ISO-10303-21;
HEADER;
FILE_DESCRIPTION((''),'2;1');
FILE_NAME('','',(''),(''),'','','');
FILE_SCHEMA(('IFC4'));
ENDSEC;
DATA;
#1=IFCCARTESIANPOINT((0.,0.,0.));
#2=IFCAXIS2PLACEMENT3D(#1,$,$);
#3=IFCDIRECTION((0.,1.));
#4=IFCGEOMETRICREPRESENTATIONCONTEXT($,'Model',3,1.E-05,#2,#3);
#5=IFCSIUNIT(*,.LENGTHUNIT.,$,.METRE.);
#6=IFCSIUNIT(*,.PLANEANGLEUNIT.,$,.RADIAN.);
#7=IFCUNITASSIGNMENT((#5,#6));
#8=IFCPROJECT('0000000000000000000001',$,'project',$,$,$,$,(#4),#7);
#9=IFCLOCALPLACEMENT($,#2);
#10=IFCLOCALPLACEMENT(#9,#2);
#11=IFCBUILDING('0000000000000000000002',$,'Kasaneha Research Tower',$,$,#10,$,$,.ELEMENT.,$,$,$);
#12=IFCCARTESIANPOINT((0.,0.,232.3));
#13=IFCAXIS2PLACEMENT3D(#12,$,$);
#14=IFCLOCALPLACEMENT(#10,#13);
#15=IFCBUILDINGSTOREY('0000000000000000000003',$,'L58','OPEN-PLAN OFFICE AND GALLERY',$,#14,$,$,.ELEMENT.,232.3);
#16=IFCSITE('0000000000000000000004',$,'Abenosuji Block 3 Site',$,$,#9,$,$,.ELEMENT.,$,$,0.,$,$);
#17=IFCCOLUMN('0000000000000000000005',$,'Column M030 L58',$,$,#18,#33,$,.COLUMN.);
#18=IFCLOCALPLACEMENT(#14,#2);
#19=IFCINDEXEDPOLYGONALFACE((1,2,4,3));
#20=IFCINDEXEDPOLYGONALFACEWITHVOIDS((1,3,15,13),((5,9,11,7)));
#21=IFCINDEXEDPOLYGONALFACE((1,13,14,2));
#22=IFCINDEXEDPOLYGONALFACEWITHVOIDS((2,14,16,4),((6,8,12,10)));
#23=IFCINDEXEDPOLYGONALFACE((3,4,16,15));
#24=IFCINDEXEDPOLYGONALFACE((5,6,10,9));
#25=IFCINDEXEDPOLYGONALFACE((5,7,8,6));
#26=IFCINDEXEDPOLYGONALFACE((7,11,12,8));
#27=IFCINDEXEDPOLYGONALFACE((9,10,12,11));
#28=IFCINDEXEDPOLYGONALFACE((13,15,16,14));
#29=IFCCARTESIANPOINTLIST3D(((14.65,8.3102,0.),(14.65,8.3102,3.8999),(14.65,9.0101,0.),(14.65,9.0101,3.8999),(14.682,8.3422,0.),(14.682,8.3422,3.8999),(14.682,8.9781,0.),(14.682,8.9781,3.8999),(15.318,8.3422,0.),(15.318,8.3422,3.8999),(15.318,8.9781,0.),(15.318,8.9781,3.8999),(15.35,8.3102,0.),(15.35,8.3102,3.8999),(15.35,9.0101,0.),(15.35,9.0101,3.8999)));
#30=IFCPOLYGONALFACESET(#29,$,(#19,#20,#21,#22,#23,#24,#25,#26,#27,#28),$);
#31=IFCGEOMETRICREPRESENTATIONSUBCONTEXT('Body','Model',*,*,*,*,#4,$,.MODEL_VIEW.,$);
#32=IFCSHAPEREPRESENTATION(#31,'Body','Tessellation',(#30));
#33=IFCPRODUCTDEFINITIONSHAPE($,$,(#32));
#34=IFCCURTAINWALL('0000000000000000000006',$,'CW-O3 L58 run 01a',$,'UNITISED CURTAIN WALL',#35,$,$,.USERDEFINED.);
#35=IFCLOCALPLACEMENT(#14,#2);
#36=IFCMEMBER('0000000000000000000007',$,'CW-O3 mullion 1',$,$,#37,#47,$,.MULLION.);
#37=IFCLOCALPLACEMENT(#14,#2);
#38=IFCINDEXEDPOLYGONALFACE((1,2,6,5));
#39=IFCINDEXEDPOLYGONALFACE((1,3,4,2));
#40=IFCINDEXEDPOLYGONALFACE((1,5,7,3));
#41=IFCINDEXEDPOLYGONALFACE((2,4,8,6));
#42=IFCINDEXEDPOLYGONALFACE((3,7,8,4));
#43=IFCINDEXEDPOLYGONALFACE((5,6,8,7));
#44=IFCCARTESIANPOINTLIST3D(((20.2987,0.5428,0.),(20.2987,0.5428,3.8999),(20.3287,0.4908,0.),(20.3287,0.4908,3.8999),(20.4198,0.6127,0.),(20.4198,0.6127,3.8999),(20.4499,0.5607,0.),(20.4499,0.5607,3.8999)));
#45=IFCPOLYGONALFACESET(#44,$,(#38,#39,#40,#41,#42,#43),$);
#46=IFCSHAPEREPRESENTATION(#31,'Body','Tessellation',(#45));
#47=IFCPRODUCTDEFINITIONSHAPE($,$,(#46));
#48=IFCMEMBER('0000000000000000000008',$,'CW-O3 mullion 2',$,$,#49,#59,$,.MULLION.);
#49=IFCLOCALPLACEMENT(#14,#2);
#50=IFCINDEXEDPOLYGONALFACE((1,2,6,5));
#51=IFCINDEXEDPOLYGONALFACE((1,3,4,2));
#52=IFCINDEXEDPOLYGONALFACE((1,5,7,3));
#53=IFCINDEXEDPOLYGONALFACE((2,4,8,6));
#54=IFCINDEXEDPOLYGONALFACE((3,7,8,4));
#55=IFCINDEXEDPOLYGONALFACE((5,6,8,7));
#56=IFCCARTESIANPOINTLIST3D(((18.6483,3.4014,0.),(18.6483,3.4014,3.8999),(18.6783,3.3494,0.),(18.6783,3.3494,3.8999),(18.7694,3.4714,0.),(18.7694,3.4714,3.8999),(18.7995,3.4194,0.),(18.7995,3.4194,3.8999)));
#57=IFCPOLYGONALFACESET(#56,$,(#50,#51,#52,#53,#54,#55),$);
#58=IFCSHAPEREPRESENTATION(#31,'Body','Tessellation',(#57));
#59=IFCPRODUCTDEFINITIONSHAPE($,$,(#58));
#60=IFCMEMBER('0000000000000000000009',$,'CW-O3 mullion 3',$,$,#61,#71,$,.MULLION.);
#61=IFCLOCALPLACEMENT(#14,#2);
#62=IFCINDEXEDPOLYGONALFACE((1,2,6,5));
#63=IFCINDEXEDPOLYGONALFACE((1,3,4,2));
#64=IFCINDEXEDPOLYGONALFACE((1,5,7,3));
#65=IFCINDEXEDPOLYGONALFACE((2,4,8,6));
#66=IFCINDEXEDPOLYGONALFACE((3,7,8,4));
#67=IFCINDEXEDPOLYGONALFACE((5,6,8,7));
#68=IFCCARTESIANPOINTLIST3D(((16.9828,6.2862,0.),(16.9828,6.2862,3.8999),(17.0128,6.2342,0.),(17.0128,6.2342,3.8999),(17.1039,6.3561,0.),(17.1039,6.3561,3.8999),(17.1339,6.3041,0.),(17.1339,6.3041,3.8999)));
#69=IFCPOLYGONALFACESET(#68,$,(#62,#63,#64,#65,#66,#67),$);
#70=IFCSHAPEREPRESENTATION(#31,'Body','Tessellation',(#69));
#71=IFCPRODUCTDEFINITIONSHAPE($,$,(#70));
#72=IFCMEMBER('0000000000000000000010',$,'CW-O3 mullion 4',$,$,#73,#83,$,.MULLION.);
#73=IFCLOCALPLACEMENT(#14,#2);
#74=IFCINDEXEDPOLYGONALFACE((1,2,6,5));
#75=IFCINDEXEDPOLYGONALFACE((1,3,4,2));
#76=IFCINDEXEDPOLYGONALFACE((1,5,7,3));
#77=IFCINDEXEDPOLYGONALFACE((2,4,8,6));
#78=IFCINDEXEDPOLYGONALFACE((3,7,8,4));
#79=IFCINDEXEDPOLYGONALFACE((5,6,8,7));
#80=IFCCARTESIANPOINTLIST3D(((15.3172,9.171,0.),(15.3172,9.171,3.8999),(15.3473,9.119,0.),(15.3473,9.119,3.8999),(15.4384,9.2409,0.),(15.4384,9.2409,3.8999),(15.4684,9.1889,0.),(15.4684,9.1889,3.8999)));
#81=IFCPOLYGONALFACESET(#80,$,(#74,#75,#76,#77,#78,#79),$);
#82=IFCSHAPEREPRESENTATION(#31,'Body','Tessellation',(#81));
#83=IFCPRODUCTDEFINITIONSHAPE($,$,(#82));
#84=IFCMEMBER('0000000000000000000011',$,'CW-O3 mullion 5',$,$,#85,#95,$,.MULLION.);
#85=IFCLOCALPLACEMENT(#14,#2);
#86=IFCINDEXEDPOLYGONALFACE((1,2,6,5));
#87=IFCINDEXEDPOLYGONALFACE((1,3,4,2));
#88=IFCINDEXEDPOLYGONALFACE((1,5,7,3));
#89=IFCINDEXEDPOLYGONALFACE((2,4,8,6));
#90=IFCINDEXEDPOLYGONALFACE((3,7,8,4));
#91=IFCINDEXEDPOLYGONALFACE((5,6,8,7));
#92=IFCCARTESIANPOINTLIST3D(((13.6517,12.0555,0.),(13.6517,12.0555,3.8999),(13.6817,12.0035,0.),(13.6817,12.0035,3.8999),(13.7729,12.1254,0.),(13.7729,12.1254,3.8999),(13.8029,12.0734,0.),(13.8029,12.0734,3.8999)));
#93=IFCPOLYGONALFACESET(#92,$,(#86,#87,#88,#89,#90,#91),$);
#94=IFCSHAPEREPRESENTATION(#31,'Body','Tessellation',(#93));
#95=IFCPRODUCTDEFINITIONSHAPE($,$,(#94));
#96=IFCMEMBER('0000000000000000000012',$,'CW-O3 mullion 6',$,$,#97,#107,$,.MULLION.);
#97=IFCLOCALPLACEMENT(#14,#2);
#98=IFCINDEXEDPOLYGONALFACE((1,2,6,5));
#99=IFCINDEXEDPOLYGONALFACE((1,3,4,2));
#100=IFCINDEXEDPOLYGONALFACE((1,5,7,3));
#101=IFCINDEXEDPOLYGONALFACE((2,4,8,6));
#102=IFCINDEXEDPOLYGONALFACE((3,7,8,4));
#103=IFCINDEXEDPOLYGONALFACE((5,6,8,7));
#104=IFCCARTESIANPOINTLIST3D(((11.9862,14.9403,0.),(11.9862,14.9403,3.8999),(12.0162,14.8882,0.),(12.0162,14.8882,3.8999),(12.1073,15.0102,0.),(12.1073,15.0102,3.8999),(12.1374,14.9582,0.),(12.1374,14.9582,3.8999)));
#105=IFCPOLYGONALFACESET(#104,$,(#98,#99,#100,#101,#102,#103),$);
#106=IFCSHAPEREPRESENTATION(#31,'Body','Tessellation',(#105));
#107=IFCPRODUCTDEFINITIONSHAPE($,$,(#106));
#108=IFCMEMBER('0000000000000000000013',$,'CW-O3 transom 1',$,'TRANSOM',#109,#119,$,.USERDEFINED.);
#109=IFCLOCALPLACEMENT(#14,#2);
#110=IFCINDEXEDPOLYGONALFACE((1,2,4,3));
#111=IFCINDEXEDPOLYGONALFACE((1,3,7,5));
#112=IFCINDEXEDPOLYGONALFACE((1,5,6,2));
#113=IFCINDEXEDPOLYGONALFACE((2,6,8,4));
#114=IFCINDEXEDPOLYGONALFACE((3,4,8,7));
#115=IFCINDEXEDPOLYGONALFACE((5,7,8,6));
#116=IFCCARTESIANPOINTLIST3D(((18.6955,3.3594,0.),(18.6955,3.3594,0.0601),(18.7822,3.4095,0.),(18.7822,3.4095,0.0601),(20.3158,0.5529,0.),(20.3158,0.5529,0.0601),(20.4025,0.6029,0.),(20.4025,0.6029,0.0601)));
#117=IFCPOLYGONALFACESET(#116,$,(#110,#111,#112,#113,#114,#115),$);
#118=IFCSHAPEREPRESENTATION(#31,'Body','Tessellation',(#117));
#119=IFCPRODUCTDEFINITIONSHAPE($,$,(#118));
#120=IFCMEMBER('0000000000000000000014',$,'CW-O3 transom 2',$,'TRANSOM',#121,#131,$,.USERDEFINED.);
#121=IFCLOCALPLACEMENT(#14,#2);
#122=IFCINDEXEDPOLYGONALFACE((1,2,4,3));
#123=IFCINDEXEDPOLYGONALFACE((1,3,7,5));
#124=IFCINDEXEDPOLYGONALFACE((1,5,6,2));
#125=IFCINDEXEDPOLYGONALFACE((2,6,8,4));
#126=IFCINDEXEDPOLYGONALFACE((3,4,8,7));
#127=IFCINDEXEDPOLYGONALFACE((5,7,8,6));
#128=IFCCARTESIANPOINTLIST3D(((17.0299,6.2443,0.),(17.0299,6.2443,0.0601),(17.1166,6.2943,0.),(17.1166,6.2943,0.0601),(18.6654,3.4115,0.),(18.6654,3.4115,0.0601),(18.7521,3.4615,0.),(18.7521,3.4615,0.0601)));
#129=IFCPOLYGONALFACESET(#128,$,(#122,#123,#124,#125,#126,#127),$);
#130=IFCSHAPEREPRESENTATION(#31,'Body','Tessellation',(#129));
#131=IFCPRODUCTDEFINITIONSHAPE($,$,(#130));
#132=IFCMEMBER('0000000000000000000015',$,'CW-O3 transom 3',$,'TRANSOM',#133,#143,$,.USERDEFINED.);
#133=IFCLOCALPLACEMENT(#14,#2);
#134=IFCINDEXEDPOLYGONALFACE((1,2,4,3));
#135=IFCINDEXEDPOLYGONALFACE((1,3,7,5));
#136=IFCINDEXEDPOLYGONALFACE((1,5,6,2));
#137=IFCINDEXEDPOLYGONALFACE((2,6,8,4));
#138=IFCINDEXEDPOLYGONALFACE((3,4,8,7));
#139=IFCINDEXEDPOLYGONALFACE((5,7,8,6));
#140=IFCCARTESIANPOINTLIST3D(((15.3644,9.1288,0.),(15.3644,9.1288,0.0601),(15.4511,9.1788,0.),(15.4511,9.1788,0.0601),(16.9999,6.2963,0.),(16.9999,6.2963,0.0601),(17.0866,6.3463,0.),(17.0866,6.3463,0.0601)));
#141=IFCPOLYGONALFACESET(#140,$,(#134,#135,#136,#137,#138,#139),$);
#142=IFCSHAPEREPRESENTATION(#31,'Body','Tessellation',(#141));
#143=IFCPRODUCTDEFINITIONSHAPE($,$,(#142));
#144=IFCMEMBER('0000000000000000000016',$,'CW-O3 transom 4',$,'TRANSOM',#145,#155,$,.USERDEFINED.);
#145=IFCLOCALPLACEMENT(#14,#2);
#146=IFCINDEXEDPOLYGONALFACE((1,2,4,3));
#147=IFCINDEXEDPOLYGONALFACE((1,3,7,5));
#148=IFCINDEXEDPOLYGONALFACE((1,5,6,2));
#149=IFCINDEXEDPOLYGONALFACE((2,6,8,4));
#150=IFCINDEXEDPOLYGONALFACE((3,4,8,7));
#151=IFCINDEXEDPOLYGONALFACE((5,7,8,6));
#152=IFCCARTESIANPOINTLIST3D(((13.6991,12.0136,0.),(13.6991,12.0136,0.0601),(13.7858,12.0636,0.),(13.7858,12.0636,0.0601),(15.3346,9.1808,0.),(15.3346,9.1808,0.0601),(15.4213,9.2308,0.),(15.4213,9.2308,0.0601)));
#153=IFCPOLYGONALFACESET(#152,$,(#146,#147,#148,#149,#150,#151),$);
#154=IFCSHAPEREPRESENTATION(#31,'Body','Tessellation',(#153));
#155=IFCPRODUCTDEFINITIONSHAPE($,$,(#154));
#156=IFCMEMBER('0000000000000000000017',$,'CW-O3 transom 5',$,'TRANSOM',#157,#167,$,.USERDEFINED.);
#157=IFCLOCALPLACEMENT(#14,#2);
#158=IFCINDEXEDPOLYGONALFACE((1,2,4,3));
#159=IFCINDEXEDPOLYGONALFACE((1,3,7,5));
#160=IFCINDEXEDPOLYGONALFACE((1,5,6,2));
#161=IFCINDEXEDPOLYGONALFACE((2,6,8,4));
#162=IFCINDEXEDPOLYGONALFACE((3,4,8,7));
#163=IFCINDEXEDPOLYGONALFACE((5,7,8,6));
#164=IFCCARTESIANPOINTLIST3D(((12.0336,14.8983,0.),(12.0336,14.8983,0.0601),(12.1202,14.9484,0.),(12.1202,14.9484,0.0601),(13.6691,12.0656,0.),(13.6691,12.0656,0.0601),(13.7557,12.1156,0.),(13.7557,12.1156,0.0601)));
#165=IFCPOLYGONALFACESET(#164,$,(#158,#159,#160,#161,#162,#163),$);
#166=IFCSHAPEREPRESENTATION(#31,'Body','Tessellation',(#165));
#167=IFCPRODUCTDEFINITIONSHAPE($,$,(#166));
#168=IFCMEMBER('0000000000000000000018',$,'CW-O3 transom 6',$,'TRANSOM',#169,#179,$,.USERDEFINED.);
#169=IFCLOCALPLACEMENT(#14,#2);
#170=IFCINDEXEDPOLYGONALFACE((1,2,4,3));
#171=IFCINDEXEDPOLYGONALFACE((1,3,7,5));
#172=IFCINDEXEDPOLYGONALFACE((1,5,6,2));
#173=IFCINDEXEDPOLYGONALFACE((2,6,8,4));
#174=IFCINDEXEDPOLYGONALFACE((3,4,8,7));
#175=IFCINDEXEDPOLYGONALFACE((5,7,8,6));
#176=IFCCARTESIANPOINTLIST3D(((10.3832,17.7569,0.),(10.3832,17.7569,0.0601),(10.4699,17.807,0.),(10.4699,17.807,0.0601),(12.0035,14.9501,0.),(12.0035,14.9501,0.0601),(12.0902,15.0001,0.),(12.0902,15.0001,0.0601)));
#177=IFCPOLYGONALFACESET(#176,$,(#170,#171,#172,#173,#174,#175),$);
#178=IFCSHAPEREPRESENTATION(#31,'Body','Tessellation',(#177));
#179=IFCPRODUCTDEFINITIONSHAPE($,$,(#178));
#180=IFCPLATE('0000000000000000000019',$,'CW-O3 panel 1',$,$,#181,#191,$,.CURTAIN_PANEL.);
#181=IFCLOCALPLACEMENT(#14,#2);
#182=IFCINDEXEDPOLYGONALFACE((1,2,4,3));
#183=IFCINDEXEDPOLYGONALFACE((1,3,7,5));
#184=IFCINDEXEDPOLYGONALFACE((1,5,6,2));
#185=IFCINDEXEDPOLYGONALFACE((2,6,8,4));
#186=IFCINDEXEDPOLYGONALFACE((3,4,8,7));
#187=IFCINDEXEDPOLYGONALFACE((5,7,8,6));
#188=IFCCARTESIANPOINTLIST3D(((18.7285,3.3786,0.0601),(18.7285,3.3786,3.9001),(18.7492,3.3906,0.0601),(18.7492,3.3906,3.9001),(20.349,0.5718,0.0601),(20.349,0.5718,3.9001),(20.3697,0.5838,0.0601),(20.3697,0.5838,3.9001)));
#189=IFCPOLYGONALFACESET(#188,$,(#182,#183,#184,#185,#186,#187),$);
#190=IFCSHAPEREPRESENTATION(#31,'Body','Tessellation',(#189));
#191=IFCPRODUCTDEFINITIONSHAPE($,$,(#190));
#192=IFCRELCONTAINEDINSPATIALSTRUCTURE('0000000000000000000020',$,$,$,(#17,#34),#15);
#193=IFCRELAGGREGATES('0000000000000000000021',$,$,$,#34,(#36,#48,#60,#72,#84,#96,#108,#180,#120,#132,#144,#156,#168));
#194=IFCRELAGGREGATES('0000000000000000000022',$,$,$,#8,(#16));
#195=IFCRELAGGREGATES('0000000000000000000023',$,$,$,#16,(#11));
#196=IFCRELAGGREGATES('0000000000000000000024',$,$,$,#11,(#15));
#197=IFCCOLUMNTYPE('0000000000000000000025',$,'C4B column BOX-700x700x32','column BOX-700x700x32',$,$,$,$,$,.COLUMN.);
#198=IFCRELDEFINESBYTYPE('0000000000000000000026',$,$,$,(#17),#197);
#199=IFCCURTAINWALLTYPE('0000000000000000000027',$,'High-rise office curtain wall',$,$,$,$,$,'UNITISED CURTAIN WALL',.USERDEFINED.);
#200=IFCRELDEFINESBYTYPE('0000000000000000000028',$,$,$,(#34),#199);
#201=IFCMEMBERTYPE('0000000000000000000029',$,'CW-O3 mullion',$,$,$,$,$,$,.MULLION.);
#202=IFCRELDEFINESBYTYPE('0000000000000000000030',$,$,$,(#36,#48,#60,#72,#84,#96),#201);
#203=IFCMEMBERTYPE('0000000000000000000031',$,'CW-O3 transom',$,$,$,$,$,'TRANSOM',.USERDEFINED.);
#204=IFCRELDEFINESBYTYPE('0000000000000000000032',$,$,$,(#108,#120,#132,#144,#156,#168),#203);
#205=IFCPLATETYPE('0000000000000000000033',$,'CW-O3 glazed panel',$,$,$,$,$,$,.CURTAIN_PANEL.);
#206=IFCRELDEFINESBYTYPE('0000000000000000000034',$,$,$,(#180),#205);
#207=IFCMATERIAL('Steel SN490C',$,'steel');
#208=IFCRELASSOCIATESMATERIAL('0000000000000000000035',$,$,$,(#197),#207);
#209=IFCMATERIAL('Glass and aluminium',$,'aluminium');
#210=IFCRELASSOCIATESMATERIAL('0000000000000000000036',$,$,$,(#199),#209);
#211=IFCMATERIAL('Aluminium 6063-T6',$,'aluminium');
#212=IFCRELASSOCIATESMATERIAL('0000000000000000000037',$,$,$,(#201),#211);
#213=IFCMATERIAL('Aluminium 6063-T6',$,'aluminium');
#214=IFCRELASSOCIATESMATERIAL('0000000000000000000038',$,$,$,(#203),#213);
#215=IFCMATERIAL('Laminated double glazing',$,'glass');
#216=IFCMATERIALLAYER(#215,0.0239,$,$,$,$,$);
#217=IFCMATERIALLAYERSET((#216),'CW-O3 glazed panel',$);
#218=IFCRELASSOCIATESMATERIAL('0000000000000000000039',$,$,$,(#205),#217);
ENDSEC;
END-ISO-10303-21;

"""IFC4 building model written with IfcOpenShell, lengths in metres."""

from ifc_helpers import new_model, si_unit, direction, frame, origin, origin_2d, place, context, subcontext, project, spatial, rectangle, hollow_rectangle, extrude, material, layer, layer_set, material_profile, profile_set, type_object, element, aggregate, save


model = new_model("IFC4")

# Units and contexts
model_context = context("Model", 3, precision=1e-05, world=origin(), true_north=direction((0.0, 1.0)))
body_context = subcontext(model_context, "Body", "Model", "MODEL_VIEW")
ifc_project = project(units=[si_unit("LENGTHUNIT", "METRE"), si_unit("PLANEANGLEUNIT", "RADIAN")], contexts=[model_context])

# Site, building, storey
site_placement = place(None, origin())
site = spatial("IfcSite", under=ifc_project, at=site_placement, Name="Abenosuji Block 3 Site", CompositionType="ELEMENT", RefElevation=0.0)
building_placement = place(site_placement, origin())
building = spatial("IfcBuilding", under=site, at=building_placement, Name="Kasaneha Research Tower", CompositionType="ELEMENT")
storey_placement = place(building_placement, frame((0.0, 0.0, 232.3)))
storey = spatial("IfcBuildingStorey", under=building, at=storey_placement, Name="L58", Description="OPEN-PLAN OFFICE AND GALLERY", CompositionType="ELEMENT", Elevation=232.3)

# Column
ifc_material_1 = material(Name="Steel SN490C", Category="steel")
ifc_material_profile_1 = material_profile(ifc_material_1, hollow_rectangle(XDim=0.7, YDim=0.7, WallThickness=0.032, at=origin_2d()), Name="BOX-700x700x32")
ifc_profile_set_1 = profile_set([ifc_material_profile_1], Name="Steel SN490C")
column_type = type_object("IfcColumnType", Name="C4B column BOX-700x700x32", Description="column BOX-700x700x32", PredefinedType="COLUMN", material=ifc_profile_set_1)
column_placement = place(storey_placement, frame((15.0, 8.6602, 0.0), z_axis=(0.0, 0.0, 1.0), x_axis=(1.0, 0.0, 0.0)))
element("IfcColumn", 1, at=column_placement, inside=storey, type_object=column_type, Name="Column M030 L58", PredefinedType="COLUMN", context=body_context, shape_type="SweptSolid", body=[
    extrude(hollow_rectangle(XDim=0.7, YDim=0.7, WallThickness=0.032, at=origin_2d()), origin(), (0.0, 0.0, 1.0), 3.8999),
])

# Curtain wall, members, plate
ifc_material_2 = material(Name="Glass and aluminium", Category="aluminium")
curtain_wall_type = type_object("IfcCurtainWallType", Name="High-rise office curtain wall", ElementType="UNITISED CURTAIN WALL", PredefinedType="USERDEFINED", material=ifc_material_2)
curtain_wall_placement = place(storey_placement, origin())
curtain_wall = element("IfcCurtainWall", 2, at=curtain_wall_placement, inside=storey, type_object=curtain_wall_type, Name="CW-O3 L58 run 01a", ObjectType="UNITISED CURTAIN WALL", PredefinedType="USERDEFINED")
ifc_material_3 = material(Name="Aluminium 6063-T6", Category="aluminium")
ifc_material_profile_2 = material_profile(ifc_material_3, rectangle(XDim=0.0601, YDim=0.1399, at=origin_2d()), Name="CW-O3 mullion 60x140")
ifc_profile_set_2 = profile_set([ifc_material_profile_2], Name="Aluminium 6063-T6")
member_type_1 = type_object("IfcMemberType", Name="CW-O3 mullion", PredefinedType="MULLION", material=ifc_profile_set_2)
member_1_placement = place(storey_placement, frame((20.3743, 0.5518, 0.0), z_axis=(0.0, 0.0, 1.0), x_axis=(-0.5, 0.866025, 0.0)))
member_1 = element("IfcMember", 3, at=member_1_placement, type_object=member_type_1, Name="CW-O3 mullion 1", PredefinedType="MULLION", context=body_context, shape_type="SweptSolid", body=[
    extrude(rectangle(XDim=0.0601, YDim=0.1399, at=origin_2d()), origin(), (0.0, 0.0, 1.0), 3.8999),
])
member_2_placement = place(storey_placement, frame((18.7239, 3.4104, 0.0), z_axis=(0.0, 0.0, 1.0), x_axis=(-0.5, 0.866025, 0.0)))
member_2 = element("IfcMember", 4, at=member_2_placement, type_object=member_type_1, Name="CW-O3 mullion 2", PredefinedType="MULLION", context=body_context, shape_type="SweptSolid", body=[
    extrude(rectangle(XDim=0.0601, YDim=0.1399, at=origin_2d()), origin(), (0.0, 0.0, 1.0), 3.8999),
])
member_3_placement = place(storey_placement, frame((17.0583, 6.2952, 0.0), z_axis=(0.0, 0.0, 1.0), x_axis=(-0.5, 0.866025, 0.0)))
member_3 = element("IfcMember", 5, at=member_3_placement, type_object=member_type_1, Name="CW-O3 mullion 3", PredefinedType="MULLION", context=body_context, shape_type="SweptSolid", body=[
    extrude(rectangle(XDim=0.0601, YDim=0.1399, at=origin_2d()), origin(), (0.0, 0.0, 1.0), 3.8999),
])
member_4_placement = place(storey_placement, frame((15.3928, 9.1799, 0.0), z_axis=(0.0, 0.0, 1.0), x_axis=(-0.5, 0.866025, 0.0)))
member_4 = element("IfcMember", 6, at=member_4_placement, type_object=member_type_1, Name="CW-O3 mullion 4", PredefinedType="MULLION", context=body_context, shape_type="SweptSolid", body=[
    extrude(rectangle(XDim=0.0601, YDim=0.1399, at=origin_2d()), origin(), (0.0, 0.0, 1.0), 3.8999),
])
member_5_placement = place(storey_placement, frame((13.7273, 12.0645, 0.0), z_axis=(0.0, 0.0, 1.0), x_axis=(-0.5, 0.866025, 0.0)))
member_5 = element("IfcMember", 7, at=member_5_placement, type_object=member_type_1, Name="CW-O3 mullion 5", PredefinedType="MULLION", context=body_context, shape_type="SweptSolid", body=[
    extrude(rectangle(XDim=0.0601, YDim=0.1399, at=origin_2d()), origin(), (0.0, 0.0, 1.0), 3.8999),
])
member_6_placement = place(storey_placement, frame((12.0618, 14.9492, 0.0), z_axis=(0.0, 0.0, 1.0), x_axis=(-0.5, 0.866025, 0.0)))
member_6 = element("IfcMember", 8, at=member_6_placement, type_object=member_type_1, Name="CW-O3 mullion 6", PredefinedType="MULLION", context=body_context, shape_type="SweptSolid", body=[
    extrude(rectangle(XDim=0.0601, YDim=0.1399, at=origin_2d()), origin(), (0.0, 0.0, 1.0), 3.8999),
])
ifc_material_4 = material(Name="Aluminium 6063-T6", Category="aluminium")
ifc_material_profile_3 = material_profile(ifc_material_4, rectangle(XDim=0.1001, YDim=0.0601, at=origin_2d()), Name="CW-O3 transom 100x60")
ifc_profile_set_3 = profile_set([ifc_material_profile_3], Name="Aluminium 6063-T6")
member_type_2 = type_object("IfcMemberType", Name="CW-O3 transom", ElementType="TRANSOM", PredefinedType="USERDEFINED", material=ifc_profile_set_3)
member_7_placement = place(storey_placement, frame((20.3591, 0.5779, 0.03), z_axis=(-0.499988, 0.866033, 0.0), x_axis=(-0.866033, -0.499988, 0.0)))
member_7 = element("IfcMember", 9, at=member_7_placement, type_object=member_type_2, Name="CW-O3 transom 1", ObjectType="TRANSOM", PredefinedType="USERDEFINED", context=body_context, shape_type="SweptSolid", body=[
    extrude(rectangle(XDim=0.1001, YDim=0.0601, at=origin_2d()), origin(), (0.0, 0.0, 1.0), 3.2407),
])
member_8_placement = place(storey_placement, frame((18.7087, 3.4365, 0.03), z_axis=(-0.5, 0.866025, 0.0), x_axis=(-0.866025, -0.5, 0.0)))
member_8 = element("IfcMember", 10, at=member_8_placement, type_object=member_type_2, Name="CW-O3 transom 2", ObjectType="TRANSOM", PredefinedType="USERDEFINED", context=body_context, shape_type="SweptSolid", body=[
    extrude(rectangle(XDim=0.1001, YDim=0.0601, at=origin_2d()), origin(), (0.0, 0.0, 1.0), 3.271),
])
member_9_placement = place(storey_placement, frame((17.0432, 6.3213, 0.03), z_axis=(-0.500033, 0.866007, 0.0), x_axis=(-0.866007, -0.500033, 0.0)))
member_9 = element("IfcMember", 11, at=member_9_placement, type_object=member_type_2, Name="CW-O3 transom 3", ObjectType="TRANSOM", PredefinedType="USERDEFINED", context=body_context, shape_type="SweptSolid", body=[
    extrude(rectangle(XDim=0.1001, YDim=0.0601, at=origin_2d()), origin(), (0.0, 0.0, 1.0), 3.2708),
])
member_10_placement = place(storey_placement, frame((15.3779, 9.2058, 0.03), z_axis=(-0.5, 0.866025, 0.0), x_axis=(-0.866025, -0.5, 0.0)))
member_10 = element("IfcMember", 12, at=member_10_placement, type_object=member_type_2, Name="CW-O3 transom 4", ObjectType="TRANSOM", PredefinedType="USERDEFINED", context=body_context, shape_type="SweptSolid", body=[
    extrude(rectangle(XDim=0.1001, YDim=0.0601, at=origin_2d()), origin(), (0.0, 0.0, 1.0), 3.271),
])
member_11_placement = place(storey_placement, frame((13.7124, 12.0906, 0.03), z_axis=(-0.5, 0.866025, 0.0), x_axis=(-0.866025, -0.5, 0.0)))
member_11 = element("IfcMember", 13, at=member_11_placement, type_object=member_type_2, Name="CW-O3 transom 5", ObjectType="TRANSOM", PredefinedType="USERDEFINED", context=body_context, shape_type="SweptSolid", body=[
    extrude(rectangle(XDim=0.1001, YDim=0.0601, at=origin_2d()), origin(), (0.0, 0.0, 1.0), 3.271),
])
member_12_placement = place(storey_placement, frame((12.0469, 14.9751, 0.03), z_axis=(-0.499955, 0.866051, 0.0), x_axis=(-0.866051, -0.499955, 0.0)))
member_12 = element("IfcMember", 14, at=member_12_placement, type_object=member_type_2, Name="CW-O3 transom 6", ObjectType="TRANSOM", PredefinedType="USERDEFINED", context=body_context, shape_type="SweptSolid", body=[
    extrude(rectangle(XDim=0.1001, YDim=0.0601, at=origin_2d()), origin(), (0.0, 0.0, 1.0), 3.241),
])
ifc_material_5 = material(Name="Laminated double glazing", Category="glass")
ifc_layer_1 = layer(ifc_material_5, 0.0239)
ifc_layer_set_1 = layer_set([ifc_layer_1], Name="CW-O3 glazed panel")
plate_type = type_object("IfcPlateType", Name="CW-O3 glazed panel", PredefinedType="CURTAIN_PANEL", material=ifc_layer_set_1)
plate_1_placement = place(storey_placement, frame((19.5491, 1.9812, 0.0601), z_axis=(0.0, 0.0, 1.0), x_axis=(-0.5, 0.866025, 0.0)))
plate_1 = element("IfcPlate", 15, at=plate_1_placement, type_object=plate_type, Name="CW-O3 panel 1", PredefinedType="CURTAIN_PANEL", context=body_context, shape_type="SweptSolid", body=[
    extrude(rectangle(XDim=3.241, YDim=0.0239, at=origin_2d()), origin(), (0.0, 0.0, 1.0), 3.8401),
])
aggregate(curtain_wall, [member_1, member_2, member_3, member_4, member_5, member_6, member_7, plate_1, member_8, member_9, member_10, member_11, member_12])

save(model, "model.ifc")
